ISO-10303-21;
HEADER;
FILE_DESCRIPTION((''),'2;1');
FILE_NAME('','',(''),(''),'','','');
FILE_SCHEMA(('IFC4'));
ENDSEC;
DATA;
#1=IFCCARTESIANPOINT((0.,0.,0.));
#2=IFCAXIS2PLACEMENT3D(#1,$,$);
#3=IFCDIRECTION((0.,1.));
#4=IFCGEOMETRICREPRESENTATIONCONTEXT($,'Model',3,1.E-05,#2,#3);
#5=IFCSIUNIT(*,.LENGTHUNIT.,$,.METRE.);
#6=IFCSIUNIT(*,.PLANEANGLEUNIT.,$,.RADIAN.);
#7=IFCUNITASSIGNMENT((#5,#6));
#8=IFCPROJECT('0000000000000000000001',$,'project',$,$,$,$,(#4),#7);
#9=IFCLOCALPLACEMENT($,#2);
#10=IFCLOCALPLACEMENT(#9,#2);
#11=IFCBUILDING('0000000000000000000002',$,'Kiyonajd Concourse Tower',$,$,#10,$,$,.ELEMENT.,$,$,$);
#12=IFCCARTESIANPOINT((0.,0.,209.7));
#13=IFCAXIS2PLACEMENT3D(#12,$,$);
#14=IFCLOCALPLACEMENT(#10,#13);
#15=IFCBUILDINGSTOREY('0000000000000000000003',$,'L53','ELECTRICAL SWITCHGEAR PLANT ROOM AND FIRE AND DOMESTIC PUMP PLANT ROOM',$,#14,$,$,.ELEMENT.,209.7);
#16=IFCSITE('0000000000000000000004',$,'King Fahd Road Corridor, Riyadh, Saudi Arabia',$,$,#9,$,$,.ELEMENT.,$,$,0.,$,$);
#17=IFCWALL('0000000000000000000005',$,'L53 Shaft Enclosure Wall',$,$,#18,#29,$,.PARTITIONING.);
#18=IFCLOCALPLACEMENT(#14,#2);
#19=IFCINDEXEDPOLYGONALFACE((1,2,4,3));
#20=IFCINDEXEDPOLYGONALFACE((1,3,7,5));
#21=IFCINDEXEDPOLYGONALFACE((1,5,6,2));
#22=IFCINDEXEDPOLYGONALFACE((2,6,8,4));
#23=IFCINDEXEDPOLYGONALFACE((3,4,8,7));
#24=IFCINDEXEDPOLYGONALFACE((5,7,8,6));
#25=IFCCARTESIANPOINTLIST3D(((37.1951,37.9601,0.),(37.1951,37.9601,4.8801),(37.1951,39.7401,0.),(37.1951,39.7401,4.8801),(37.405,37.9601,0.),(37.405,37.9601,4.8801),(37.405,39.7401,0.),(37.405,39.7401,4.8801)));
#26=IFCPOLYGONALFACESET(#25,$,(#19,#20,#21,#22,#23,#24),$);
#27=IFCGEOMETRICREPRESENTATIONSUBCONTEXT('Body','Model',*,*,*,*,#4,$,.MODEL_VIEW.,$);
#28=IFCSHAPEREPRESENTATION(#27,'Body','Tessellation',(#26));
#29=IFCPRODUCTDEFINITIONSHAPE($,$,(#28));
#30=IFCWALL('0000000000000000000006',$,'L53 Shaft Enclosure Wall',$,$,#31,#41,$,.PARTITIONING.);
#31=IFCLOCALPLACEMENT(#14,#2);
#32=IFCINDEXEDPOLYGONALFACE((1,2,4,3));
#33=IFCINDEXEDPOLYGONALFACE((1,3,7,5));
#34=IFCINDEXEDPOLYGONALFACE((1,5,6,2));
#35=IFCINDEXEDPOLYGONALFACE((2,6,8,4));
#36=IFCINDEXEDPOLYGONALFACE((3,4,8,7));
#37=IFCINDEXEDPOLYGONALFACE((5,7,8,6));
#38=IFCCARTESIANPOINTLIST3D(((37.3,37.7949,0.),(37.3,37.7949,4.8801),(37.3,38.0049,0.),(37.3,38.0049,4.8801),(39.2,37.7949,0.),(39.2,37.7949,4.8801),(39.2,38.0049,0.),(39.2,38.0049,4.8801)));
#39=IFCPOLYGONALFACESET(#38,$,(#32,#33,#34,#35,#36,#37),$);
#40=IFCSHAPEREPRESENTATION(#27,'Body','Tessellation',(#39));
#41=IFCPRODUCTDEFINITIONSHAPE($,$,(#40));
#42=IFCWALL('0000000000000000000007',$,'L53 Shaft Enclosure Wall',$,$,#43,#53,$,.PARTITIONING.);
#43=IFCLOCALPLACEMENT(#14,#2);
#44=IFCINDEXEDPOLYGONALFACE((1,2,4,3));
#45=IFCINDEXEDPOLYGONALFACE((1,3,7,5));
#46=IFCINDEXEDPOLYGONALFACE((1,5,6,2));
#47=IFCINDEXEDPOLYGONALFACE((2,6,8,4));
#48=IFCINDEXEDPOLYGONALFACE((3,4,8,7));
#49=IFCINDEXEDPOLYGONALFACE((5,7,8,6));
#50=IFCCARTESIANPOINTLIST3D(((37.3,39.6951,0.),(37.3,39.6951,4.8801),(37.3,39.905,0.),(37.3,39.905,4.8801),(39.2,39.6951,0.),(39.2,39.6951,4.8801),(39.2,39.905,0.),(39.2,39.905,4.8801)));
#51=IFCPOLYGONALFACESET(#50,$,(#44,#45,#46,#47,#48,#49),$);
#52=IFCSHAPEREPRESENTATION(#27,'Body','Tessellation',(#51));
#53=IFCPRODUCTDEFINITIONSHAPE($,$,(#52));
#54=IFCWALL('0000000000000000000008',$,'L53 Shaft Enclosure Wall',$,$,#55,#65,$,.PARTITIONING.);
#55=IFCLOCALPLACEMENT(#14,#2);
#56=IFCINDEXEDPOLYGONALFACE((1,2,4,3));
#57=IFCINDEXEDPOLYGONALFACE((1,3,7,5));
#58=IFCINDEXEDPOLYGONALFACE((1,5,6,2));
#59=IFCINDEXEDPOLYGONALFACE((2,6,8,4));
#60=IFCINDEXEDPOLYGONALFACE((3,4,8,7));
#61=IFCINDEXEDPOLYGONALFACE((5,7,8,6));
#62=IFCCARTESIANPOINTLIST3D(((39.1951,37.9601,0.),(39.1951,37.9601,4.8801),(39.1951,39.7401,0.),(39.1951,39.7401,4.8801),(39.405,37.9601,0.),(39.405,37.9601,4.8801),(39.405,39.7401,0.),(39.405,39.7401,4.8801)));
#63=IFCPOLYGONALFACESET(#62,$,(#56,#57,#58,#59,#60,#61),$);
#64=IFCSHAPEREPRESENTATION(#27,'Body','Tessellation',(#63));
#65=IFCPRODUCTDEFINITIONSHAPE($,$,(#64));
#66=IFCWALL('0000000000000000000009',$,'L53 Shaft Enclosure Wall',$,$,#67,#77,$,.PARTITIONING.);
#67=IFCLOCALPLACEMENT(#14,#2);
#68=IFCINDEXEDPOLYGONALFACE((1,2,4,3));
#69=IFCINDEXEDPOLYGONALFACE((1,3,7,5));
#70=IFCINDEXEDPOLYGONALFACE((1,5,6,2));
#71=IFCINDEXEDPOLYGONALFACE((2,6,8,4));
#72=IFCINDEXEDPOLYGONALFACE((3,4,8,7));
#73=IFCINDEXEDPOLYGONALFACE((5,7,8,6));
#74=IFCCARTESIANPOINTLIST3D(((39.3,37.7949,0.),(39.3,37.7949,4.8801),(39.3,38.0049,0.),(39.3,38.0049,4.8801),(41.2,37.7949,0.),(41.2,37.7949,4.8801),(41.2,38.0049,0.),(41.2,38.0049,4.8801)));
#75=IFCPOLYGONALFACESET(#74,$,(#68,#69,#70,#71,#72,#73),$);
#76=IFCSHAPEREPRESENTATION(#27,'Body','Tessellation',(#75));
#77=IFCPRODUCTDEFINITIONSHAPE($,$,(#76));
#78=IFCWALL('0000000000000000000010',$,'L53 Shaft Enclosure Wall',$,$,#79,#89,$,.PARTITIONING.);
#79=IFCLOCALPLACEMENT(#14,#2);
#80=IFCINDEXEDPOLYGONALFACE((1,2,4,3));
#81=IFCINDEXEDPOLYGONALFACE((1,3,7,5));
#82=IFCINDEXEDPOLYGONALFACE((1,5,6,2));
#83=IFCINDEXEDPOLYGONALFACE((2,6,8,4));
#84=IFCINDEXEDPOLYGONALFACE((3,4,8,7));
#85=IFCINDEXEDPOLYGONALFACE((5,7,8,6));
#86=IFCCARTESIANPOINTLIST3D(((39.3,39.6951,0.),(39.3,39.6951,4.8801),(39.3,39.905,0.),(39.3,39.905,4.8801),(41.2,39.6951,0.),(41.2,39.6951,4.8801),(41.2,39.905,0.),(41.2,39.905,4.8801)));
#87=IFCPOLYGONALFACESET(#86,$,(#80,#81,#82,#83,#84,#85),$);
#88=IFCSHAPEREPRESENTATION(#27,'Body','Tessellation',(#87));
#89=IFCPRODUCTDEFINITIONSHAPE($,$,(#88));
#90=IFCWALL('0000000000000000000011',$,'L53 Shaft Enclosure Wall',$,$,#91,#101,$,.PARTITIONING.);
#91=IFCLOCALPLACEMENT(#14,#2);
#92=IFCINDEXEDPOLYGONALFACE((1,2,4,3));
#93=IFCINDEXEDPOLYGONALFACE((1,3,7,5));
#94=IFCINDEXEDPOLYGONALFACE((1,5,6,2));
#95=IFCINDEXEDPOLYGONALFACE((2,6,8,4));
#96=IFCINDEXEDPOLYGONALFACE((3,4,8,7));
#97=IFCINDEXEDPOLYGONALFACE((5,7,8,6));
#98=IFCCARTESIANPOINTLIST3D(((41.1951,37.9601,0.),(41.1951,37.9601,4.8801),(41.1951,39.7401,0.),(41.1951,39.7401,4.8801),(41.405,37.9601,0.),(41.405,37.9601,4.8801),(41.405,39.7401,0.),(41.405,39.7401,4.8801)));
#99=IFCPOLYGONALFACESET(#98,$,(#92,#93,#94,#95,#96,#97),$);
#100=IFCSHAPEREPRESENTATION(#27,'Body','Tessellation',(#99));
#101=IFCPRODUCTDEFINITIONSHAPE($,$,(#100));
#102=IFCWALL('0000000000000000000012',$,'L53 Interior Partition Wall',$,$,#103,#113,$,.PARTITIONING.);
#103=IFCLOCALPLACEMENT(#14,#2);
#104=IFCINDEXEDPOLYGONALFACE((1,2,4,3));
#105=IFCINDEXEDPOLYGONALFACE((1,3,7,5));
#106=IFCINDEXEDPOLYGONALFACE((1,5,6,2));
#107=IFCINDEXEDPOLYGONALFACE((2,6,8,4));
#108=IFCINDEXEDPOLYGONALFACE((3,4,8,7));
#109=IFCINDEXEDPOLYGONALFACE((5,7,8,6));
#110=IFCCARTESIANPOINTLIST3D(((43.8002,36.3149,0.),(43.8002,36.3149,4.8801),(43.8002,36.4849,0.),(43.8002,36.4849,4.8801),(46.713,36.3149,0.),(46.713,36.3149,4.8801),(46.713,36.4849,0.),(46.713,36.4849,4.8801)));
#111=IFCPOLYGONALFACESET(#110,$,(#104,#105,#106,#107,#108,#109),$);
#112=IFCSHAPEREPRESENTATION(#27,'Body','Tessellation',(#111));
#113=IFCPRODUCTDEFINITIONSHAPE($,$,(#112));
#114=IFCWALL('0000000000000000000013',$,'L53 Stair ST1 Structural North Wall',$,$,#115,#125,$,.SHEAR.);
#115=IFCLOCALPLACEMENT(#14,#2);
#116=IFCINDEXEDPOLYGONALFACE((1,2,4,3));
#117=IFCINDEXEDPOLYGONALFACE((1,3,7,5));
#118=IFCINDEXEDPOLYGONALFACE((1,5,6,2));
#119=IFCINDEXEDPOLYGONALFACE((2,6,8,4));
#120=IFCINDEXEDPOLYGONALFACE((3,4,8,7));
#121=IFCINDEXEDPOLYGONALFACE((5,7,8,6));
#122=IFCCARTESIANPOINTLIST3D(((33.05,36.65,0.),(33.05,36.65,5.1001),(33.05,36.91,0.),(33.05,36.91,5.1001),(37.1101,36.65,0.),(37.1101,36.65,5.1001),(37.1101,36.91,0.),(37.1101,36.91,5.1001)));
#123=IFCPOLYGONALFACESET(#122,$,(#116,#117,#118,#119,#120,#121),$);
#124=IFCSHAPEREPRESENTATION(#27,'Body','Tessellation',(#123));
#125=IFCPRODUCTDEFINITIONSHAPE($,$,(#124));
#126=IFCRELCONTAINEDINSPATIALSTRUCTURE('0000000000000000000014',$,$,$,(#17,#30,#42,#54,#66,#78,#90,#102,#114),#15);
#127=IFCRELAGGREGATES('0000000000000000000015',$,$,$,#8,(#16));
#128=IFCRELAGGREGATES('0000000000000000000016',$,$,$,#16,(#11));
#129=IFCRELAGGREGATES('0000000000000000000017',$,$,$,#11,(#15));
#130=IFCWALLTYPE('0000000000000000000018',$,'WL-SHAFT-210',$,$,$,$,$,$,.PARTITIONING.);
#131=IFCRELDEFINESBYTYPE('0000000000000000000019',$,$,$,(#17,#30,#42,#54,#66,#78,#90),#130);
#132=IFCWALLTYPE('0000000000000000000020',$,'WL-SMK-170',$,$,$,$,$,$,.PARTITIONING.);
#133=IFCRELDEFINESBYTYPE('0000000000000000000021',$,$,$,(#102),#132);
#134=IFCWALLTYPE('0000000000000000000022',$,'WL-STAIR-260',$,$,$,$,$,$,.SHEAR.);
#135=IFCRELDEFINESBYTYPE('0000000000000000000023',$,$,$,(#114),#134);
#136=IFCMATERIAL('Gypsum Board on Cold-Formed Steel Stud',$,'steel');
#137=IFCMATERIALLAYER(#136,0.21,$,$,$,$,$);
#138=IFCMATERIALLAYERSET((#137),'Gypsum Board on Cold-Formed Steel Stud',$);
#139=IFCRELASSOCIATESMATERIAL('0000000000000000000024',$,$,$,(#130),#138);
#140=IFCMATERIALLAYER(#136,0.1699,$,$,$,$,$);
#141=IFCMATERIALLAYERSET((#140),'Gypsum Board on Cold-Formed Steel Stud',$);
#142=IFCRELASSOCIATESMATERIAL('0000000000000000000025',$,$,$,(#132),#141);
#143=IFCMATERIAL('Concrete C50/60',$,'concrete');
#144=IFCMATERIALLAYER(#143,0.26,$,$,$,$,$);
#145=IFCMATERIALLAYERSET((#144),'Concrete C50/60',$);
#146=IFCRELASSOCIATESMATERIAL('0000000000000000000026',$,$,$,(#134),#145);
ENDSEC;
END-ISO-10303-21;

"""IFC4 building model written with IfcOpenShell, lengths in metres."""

from ifc_helpers import new_model, si_unit, direction, frame, frame_2d, origin, place, context, subcontext, project, spatial, rectangle, extrude, material, layer, layer_set, type_object, element, save


model = new_model("IFC4")

# Units and contexts
model_context = context("Model", 3, precision=1e-05, world=origin(), true_north=direction((0.0, 1.0)))
body_context = subcontext(model_context, "Body", "Model", "MODEL_VIEW")
ifc_project = project(units=[si_unit("LENGTHUNIT", "METRE"), si_unit("PLANEANGLEUNIT", "RADIAN")], contexts=[model_context])

# Site, building, storey
site_placement = place(None, origin())
site = spatial("IfcSite", under=ifc_project, at=site_placement, Name="King Fahd Road Corridor, Riyadh, Saudi Arabia", CompositionType="ELEMENT", RefElevation=0.0)
building_placement = place(site_placement, origin())
building = spatial("IfcBuilding", under=site, at=building_placement, Name="Kiyonajd Concourse Tower", CompositionType="ELEMENT")
storey_placement = place(building_placement, frame((0.0, 0.0, 209.7)))
storey = spatial("IfcBuildingStorey", under=building, at=storey_placement, Name="L53", Description="ELECTRICAL SWITCHGEAR PLANT ROOM AND FIRE AND DOMESTIC PUMP PLANT ROOM", CompositionType="ELEMENT", Elevation=209.7)

# Walls
ifc_material_1 = material(Name="Gypsum Board on Cold-Formed Steel Stud", Category="steel")
ifc_layer_1 = layer(ifc_material_1, 0.21)
ifc_layer_set_1 = layer_set([ifc_layer_1], Name="Gypsum Board on Cold-Formed Steel Stud")
wall_type_1 = type_object("IfcWallType", Name="WL-SHAFT-210", PredefinedType="PARTITIONING", material=ifc_layer_set_1)
wall_1_placement = place(storey_placement, frame((37.3, 37.96, 0.0), z_axis=(0.0, 0.0, 1.0), x_axis=(0.0, 1.0, 0.0)))
element("IfcWall", 1, at=wall_1_placement, inside=storey, type_object=wall_type_1, Name="L53 Shaft Enclosure Wall", PredefinedType="PARTITIONING", context=body_context, shape_type="SweptSolid", body=[
    extrude(rectangle(XDim=1.78, YDim=0.21, at=frame_2d((0.8901, 0.0))), origin(), (0.0, 0.0, 1.0), 4.8801),
])
for number, where, z_axis, x_axis, name in (
    (2, (37.3, 37.8999, 0.0), (0.0, 0.0, 1.0), (1.0, 0.0, 0.0), "L53 Shaft Enclosure Wall"),
    (3, (37.3, 39.8, 0.0), (0.0, 0.0, 1.0), (1.0, 0.0, 0.0), "L53 Shaft Enclosure Wall"),
):
    element("IfcWall", number, at=place(storey_placement, frame(where, z_axis=z_axis, x_axis=x_axis)), inside=storey, type_object=wall_type_1, Name=name, PredefinedType="PARTITIONING", context=body_context, shape_type="SweptSolid", body=[
        extrude(rectangle(XDim=1.8999, YDim=0.21, at=frame_2d((0.95, 0.0))), origin(), (0.0, 0.0, 1.0), 4.8801),
    ])
wall_2_placement = place(storey_placement, frame((39.3, 37.96, 0.0), z_axis=(0.0, 0.0, 1.0), x_axis=(0.0, 1.0, 0.0)))
element("IfcWall", 4, at=wall_2_placement, inside=storey, type_object=wall_type_1, Name="L53 Shaft Enclosure Wall", PredefinedType="PARTITIONING", context=body_context, shape_type="SweptSolid", body=[
    extrude(rectangle(XDim=1.78, YDim=0.21, at=frame_2d((0.8901, 0.0))), origin(), (0.0, 0.0, 1.0), 4.8801),
])
for number, where, z_axis, x_axis, name in (
    (5, (39.3, 37.8999, 0.0), (0.0, 0.0, 1.0), (1.0, 0.0, 0.0), "L53 Shaft Enclosure Wall"),
    (6, (39.3, 39.8, 0.0), (0.0, 0.0, 1.0), (1.0, 0.0, 0.0), "L53 Shaft Enclosure Wall"),
):
    element("IfcWall", number, at=place(storey_placement, frame(where, z_axis=z_axis, x_axis=x_axis)), inside=storey, type_object=wall_type_1, Name=name, PredefinedType="PARTITIONING", context=body_context, shape_type="SweptSolid", body=[
        extrude(rectangle(XDim=1.8999, YDim=0.21, at=frame_2d((0.95, 0.0))), origin(), (0.0, 0.0, 1.0), 4.8801),
    ])
wall_3_placement = place(storey_placement, frame((41.3, 37.96, 0.0), z_axis=(0.0, 0.0, 1.0), x_axis=(0.0, 1.0, 0.0)))
element("IfcWall", 7, at=wall_3_placement, inside=storey, type_object=wall_type_1, Name="L53 Shaft Enclosure Wall", PredefinedType="PARTITIONING", context=body_context, shape_type="SweptSolid", body=[
    extrude(rectangle(XDim=1.78, YDim=0.21, at=frame_2d((0.8901, 0.0))), origin(), (0.0, 0.0, 1.0), 4.8801),
])
ifc_layer_2 = layer(ifc_material_1, 0.1699)
ifc_layer_set_2 = layer_set([ifc_layer_2], Name="Gypsum Board on Cold-Formed Steel Stud")
wall_type_2 = type_object("IfcWallType", Name="WL-SMK-170", PredefinedType="PARTITIONING", material=ifc_layer_set_2)
wall_4_placement = place(storey_placement, frame((43.8, 36.3999, 0.0), z_axis=(0.0, 0.0, 1.0), x_axis=(1.0, 0.0, 0.0)))
element("IfcWall", 8, at=wall_4_placement, inside=storey, type_object=wall_type_2, Name="L53 Interior Partition Wall", PredefinedType="PARTITIONING", context=body_context, shape_type="SweptSolid", body=[
    extrude(rectangle(XDim=2.9128, YDim=0.1699, at=frame_2d((1.4565, 0.0))), origin(), (0.0, 0.0, 1.0), 4.8801),
])
ifc_material_2 = material(Name="Concrete C50/60", Category="concrete")
ifc_layer_3 = layer(ifc_material_2, 0.26)
ifc_layer_set_3 = layer_set([ifc_layer_3], Name="Concrete C50/60")
wall_type_3 = type_object("IfcWallType", Name="WL-STAIR-260", PredefinedType="SHEAR", material=ifc_layer_set_3)
wall_5_placement = place(storey_placement, frame((33.05, 36.78, 0.0), z_axis=(0.0, 0.0, 1.0), x_axis=(1.0, 0.0, 0.0)))
element("IfcWall", 9, at=wall_5_placement, inside=storey, type_object=wall_type_3, Name="L53 Stair ST1 Structural North Wall", PredefinedType="SHEAR", context=body_context, shape_type="SweptSolid", body=[
    extrude(rectangle(XDim=4.0601, YDim=0.26, at=frame_2d((2.03, 0.0))), origin(), (0.0, 0.0, 1.0), 5.1001),
])

save(model, "model.ifc")
